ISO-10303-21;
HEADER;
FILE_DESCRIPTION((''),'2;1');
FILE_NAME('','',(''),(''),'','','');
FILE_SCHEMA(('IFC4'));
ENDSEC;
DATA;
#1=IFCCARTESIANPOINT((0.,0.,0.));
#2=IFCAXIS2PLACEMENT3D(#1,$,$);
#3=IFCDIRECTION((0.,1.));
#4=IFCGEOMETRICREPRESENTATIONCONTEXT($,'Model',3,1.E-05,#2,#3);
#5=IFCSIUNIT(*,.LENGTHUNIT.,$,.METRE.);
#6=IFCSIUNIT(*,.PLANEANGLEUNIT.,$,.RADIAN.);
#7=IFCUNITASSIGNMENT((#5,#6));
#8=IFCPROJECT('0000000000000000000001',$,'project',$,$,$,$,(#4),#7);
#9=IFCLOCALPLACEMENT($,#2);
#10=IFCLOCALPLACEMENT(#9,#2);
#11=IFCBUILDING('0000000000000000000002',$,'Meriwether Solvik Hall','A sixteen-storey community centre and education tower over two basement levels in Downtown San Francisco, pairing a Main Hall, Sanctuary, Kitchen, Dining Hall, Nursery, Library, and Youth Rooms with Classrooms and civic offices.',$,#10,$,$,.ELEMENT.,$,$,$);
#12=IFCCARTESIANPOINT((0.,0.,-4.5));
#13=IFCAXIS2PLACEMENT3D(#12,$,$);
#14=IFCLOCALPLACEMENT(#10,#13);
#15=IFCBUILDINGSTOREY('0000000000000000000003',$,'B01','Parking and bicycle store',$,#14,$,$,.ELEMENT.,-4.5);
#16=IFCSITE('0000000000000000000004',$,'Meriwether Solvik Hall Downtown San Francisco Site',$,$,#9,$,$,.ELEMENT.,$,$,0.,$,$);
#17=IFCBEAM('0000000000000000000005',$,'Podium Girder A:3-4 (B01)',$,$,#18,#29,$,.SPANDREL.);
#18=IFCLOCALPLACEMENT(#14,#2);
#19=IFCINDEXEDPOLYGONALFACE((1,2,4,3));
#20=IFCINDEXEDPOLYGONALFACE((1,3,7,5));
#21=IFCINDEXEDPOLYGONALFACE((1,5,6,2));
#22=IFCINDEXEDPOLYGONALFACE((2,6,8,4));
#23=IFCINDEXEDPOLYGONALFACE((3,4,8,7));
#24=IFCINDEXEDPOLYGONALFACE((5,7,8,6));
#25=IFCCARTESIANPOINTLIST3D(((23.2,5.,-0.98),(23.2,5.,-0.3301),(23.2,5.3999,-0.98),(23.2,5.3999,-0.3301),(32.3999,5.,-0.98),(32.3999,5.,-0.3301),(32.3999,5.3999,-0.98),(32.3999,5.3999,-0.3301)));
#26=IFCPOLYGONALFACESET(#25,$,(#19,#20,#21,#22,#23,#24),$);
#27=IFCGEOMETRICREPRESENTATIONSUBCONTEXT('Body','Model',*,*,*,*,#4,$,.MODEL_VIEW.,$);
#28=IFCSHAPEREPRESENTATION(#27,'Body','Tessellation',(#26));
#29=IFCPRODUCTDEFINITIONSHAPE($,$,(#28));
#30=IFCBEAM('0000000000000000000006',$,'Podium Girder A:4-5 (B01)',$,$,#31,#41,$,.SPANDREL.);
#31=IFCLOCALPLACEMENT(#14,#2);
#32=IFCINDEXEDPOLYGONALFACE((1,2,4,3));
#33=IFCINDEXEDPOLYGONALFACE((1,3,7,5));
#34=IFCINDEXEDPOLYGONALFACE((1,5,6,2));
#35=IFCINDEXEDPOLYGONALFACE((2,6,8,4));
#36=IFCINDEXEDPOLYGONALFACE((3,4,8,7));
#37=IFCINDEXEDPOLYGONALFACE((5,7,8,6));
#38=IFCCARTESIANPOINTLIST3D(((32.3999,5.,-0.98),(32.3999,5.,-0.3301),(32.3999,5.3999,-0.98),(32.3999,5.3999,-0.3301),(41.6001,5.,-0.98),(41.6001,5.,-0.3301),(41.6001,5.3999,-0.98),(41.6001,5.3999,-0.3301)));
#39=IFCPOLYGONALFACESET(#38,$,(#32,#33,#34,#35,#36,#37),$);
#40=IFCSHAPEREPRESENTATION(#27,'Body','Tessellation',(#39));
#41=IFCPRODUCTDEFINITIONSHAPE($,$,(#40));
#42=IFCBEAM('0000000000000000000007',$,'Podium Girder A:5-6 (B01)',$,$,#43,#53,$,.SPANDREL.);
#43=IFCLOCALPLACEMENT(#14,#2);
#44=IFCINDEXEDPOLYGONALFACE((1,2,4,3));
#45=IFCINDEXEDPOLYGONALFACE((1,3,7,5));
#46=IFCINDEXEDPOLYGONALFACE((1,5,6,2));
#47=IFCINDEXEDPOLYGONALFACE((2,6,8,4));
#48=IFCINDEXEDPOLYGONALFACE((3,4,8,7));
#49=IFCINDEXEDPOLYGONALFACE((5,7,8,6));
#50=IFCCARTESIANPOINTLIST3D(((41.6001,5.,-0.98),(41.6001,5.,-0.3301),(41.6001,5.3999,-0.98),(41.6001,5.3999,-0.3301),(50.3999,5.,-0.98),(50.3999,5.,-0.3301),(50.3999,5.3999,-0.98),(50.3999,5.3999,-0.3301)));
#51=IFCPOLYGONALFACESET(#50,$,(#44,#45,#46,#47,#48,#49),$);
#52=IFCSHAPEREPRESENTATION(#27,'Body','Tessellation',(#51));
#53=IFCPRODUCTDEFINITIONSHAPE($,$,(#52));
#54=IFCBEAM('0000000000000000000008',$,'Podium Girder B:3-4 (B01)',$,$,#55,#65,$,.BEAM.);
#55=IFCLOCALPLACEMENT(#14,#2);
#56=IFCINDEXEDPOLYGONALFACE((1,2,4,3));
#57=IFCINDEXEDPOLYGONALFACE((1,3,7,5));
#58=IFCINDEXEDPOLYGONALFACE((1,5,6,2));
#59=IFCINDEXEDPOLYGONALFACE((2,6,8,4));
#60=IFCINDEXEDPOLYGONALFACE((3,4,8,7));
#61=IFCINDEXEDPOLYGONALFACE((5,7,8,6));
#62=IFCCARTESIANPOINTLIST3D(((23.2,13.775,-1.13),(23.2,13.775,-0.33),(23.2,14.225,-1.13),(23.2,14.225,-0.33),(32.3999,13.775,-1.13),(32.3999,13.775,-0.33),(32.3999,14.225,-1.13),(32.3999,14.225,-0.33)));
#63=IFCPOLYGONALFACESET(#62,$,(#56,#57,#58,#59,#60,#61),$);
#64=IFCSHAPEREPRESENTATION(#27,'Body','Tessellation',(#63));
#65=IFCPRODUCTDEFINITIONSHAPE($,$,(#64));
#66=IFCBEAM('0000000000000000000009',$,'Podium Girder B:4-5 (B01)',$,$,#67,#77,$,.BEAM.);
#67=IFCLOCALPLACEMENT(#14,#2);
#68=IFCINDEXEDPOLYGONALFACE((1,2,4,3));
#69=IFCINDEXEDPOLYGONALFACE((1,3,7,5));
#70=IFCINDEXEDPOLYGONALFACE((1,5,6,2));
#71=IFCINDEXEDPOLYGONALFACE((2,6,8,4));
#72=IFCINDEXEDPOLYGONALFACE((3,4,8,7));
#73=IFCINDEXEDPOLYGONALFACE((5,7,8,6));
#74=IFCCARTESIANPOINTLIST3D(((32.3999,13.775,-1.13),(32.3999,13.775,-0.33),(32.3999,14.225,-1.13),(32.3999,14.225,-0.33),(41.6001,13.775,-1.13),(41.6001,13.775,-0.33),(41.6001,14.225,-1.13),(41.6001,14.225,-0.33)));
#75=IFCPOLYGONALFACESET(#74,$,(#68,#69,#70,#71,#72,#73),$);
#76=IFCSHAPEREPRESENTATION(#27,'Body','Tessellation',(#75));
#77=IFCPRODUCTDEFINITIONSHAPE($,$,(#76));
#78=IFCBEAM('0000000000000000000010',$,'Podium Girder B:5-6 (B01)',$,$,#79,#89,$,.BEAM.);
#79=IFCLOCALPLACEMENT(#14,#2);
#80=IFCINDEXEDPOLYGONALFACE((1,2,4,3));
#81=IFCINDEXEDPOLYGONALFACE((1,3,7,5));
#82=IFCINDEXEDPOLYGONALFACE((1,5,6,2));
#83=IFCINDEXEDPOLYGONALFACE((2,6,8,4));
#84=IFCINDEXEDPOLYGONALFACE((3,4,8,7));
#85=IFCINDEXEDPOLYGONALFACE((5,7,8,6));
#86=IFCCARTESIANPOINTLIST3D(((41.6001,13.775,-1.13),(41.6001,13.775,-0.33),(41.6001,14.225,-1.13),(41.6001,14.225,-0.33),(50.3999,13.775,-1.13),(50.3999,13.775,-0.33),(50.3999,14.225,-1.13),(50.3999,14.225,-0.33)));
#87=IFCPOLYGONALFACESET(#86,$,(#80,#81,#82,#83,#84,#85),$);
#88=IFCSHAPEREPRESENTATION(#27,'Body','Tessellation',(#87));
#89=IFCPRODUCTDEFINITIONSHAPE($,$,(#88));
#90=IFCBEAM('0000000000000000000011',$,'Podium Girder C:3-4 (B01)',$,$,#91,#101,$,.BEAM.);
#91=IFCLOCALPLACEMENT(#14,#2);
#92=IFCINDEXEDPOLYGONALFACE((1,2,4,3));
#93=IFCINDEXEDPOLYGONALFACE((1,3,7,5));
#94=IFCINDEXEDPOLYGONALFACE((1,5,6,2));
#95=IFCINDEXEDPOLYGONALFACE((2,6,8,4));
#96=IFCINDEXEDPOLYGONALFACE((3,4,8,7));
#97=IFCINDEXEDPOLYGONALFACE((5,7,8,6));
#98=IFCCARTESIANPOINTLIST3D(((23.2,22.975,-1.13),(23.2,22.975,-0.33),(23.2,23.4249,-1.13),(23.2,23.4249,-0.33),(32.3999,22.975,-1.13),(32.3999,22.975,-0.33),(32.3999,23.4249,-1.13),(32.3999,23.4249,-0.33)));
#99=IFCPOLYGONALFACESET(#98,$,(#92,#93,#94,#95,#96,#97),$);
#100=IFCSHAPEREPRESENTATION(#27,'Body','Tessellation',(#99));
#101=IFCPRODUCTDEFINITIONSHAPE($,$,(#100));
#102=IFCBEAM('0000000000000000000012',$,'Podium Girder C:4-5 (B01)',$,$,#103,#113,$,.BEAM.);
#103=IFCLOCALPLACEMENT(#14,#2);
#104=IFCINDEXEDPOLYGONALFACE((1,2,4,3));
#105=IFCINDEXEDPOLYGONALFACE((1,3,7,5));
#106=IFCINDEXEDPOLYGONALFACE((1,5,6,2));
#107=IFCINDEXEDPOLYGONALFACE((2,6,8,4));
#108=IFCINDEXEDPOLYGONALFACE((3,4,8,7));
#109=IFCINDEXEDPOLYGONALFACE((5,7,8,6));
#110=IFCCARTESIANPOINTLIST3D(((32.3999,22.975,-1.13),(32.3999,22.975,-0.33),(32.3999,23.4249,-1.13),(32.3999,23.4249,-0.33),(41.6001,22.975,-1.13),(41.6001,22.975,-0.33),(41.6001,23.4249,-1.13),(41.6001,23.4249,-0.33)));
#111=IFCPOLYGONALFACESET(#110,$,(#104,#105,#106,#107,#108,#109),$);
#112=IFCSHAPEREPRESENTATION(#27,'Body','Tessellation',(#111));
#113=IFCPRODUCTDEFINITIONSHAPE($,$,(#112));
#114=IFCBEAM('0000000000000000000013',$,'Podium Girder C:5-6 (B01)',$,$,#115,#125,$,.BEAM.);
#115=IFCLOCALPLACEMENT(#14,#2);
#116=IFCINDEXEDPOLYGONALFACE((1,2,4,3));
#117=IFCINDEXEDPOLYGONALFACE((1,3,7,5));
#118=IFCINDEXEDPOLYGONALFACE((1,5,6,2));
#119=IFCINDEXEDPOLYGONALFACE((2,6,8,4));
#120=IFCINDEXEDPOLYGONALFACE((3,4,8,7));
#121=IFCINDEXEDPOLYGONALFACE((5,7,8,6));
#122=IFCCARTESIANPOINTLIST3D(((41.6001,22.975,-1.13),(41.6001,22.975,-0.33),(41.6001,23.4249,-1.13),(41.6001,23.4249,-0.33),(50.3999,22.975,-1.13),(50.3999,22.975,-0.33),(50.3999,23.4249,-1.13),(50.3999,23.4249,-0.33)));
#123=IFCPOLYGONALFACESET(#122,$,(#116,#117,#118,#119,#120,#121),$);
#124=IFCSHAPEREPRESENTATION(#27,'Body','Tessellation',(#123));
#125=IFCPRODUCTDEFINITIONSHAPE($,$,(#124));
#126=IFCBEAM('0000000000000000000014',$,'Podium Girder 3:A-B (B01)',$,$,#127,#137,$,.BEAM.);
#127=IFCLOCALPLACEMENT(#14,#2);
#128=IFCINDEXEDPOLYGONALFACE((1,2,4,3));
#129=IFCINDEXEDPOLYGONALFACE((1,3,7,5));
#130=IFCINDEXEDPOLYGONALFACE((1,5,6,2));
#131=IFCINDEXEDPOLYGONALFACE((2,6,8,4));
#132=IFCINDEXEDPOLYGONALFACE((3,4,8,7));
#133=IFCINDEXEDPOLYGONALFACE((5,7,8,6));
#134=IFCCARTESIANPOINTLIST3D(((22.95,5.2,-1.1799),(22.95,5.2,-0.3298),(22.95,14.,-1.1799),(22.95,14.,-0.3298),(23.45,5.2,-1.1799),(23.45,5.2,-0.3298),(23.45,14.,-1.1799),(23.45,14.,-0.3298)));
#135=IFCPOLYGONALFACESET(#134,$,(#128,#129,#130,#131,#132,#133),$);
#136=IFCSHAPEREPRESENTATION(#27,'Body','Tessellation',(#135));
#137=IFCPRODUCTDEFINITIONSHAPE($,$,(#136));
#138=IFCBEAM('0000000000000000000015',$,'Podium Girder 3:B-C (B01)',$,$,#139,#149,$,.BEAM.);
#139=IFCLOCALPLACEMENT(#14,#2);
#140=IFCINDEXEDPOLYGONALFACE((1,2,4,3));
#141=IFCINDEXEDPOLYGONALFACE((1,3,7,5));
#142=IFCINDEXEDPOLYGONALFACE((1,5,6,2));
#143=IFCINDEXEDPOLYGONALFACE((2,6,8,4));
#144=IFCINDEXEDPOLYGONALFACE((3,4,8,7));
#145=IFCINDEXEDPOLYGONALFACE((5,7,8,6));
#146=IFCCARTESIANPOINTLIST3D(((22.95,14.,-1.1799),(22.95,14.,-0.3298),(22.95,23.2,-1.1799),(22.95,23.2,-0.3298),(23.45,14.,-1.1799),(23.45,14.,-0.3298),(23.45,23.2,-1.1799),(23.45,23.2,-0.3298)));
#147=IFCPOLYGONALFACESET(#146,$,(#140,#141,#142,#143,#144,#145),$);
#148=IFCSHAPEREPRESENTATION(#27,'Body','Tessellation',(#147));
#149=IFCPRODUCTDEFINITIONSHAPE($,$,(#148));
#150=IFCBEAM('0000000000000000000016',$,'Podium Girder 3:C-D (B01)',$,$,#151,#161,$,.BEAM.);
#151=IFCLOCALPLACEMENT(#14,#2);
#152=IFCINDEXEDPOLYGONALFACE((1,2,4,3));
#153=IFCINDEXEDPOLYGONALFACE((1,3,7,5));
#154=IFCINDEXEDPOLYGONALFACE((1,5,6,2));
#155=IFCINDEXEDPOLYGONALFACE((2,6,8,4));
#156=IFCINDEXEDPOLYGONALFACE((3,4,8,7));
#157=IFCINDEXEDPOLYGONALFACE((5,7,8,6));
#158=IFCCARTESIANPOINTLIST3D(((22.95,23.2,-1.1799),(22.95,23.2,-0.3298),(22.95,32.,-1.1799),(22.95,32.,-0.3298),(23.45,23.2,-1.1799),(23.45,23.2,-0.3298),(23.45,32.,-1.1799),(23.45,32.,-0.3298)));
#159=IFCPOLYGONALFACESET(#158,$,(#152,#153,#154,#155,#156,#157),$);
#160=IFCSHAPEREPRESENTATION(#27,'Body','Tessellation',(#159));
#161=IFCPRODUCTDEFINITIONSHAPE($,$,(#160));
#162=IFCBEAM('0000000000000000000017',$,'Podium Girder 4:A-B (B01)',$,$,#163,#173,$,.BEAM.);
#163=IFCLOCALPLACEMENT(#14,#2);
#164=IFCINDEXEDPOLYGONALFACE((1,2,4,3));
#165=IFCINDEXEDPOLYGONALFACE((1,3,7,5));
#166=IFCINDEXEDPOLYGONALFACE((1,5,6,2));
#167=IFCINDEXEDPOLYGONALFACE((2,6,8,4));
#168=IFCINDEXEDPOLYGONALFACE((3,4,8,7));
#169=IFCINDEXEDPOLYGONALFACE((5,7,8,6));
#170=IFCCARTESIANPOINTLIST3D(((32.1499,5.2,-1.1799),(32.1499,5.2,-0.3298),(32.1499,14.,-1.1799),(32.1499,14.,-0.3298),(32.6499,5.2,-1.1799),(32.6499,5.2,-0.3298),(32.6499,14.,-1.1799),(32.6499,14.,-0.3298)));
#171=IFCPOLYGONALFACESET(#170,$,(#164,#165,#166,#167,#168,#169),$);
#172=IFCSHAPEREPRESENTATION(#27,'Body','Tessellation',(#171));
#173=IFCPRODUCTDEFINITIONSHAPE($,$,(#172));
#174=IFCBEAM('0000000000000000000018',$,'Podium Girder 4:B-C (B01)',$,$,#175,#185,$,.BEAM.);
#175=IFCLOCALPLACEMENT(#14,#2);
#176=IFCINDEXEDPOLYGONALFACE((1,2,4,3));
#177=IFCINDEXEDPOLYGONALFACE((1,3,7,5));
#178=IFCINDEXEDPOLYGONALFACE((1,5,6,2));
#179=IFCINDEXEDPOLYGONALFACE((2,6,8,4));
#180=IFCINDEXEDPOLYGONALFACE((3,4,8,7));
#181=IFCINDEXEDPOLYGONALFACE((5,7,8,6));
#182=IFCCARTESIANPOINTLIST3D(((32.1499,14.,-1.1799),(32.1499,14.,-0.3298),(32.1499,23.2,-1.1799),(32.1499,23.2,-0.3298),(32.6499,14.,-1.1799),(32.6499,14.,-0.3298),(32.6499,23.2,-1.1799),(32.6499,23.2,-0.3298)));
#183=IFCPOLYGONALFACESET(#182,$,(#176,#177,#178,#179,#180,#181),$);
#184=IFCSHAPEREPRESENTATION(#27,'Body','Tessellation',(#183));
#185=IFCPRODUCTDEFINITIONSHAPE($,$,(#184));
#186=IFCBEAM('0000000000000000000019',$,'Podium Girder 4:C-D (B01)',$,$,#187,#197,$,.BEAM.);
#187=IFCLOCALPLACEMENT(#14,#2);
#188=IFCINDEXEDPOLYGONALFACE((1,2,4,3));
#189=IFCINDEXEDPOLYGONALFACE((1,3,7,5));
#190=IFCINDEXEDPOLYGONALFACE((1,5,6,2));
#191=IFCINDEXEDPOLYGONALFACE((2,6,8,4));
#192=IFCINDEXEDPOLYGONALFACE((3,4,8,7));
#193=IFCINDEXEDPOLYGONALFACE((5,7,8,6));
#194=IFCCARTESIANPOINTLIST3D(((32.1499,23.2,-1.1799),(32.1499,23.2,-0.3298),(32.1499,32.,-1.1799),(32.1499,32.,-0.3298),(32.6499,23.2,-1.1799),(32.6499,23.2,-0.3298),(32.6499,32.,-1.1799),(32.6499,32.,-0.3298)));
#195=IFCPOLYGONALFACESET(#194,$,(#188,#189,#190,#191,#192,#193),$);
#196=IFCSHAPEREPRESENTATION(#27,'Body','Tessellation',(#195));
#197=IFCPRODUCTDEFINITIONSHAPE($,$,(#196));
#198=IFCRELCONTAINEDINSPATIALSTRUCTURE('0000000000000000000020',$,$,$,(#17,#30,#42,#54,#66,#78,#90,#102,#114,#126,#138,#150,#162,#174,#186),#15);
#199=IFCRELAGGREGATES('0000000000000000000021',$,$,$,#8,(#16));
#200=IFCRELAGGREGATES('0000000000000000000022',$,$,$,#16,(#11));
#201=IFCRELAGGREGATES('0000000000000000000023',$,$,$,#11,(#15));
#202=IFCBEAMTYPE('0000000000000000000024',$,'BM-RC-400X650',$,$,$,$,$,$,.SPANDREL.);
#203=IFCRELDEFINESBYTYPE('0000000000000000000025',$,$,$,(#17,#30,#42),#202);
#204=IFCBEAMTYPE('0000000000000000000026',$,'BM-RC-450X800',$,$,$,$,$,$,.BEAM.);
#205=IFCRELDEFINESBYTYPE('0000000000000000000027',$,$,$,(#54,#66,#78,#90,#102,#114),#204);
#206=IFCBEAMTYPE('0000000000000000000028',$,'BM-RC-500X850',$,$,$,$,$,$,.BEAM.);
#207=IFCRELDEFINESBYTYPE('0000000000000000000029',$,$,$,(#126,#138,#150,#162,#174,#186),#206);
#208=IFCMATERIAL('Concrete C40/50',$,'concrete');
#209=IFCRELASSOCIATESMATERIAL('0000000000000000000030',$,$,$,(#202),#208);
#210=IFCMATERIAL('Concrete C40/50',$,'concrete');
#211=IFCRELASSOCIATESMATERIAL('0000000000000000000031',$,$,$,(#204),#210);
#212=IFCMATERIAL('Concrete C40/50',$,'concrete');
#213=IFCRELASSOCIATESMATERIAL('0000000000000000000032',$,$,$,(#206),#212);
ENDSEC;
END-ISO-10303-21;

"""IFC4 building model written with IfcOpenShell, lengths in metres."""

from ifc_helpers import new_model, si_unit, direction, frame, origin, origin_2d, place, context, subcontext, project, spatial, rectangle, extrude, material, material_profile, profile_set, type_object, element, save


model = new_model("IFC4")

# Units and contexts
model_context = context("Model", 3, precision=1e-05, world=origin(), true_north=direction((0.0, 1.0)))
body_context = subcontext(model_context, "Body", "Model", "MODEL_VIEW")
ifc_project = project(units=[si_unit("LENGTHUNIT", "METRE"), si_unit("PLANEANGLEUNIT", "RADIAN")], contexts=[model_context])

# Site, building, storey
site_placement = place(None, origin())
site = spatial("IfcSite", under=ifc_project, at=site_placement, Name="Meriwether Solvik Hall Downtown San Francisco Site", CompositionType="ELEMENT", RefElevation=0.0)
building_placement = place(site_placement, origin())
building = spatial("IfcBuilding", under=site, at=building_placement, Name="Meriwether Solvik Hall", Description="A sixteen-storey community centre and education tower over two basement levels in Downtown San Francisco, pairing a Main Hall, Sanctuary, Kitchen, Dining Hall, Nursery, Library, and Youth Rooms with Classrooms and civic offices.", CompositionType="ELEMENT")
storey_placement = place(building_placement, frame((0.0, 0.0, -4.5)))
storey = spatial("IfcBuildingStorey", under=building, at=storey_placement, Name="B01", Description="Parking and bicycle store", CompositionType="ELEMENT", Elevation=-4.5)

# Beams
ifc_material_1 = material(Name="Concrete C40/50", Category="concrete")
ifc_material_profile_1 = material_profile(ifc_material_1, rectangle(XDim=0.3999, YDim=0.6499, at=origin_2d()), Name="RCB-400X650")
ifc_profile_set_1 = profile_set([ifc_material_profile_1], Name="Concrete C40/50")
beam_type_1 = type_object("IfcBeamType", Name="BM-RC-400X650", PredefinedType="SPANDREL", material=ifc_profile_set_1)
beam_1_placement = place(storey_placement, frame((23.2, 5.2, -0.655), z_axis=(1.0, 0.0, 0.0), x_axis=(0.0, 1.0, 0.0)))
element("IfcBeam", 1, at=beam_1_placement, inside=storey, type_object=beam_type_1, Name="Podium Girder A:3-4 (B01)", PredefinedType="SPANDREL", context=body_context, shape_type="SweptSolid", body=[
    extrude(rectangle(XDim=0.3999, YDim=0.6499, at=origin_2d()), origin(), (0.0, 0.0, 1.0), 9.2),
])
beam_2_placement = place(storey_placement, frame((32.3999, 5.2, -0.655), z_axis=(1.0, 0.0, 0.0), x_axis=(0.0, 1.0, 0.0)))
element("IfcBeam", 2, at=beam_2_placement, inside=storey, type_object=beam_type_1, Name="Podium Girder A:4-5 (B01)", PredefinedType="SPANDREL", context=body_context, shape_type="SweptSolid", body=[
    extrude(rectangle(XDim=0.3999, YDim=0.6499, at=origin_2d()), origin(), (0.0, 0.0, 1.0), 9.2002),
])
beam_3_placement = place(storey_placement, frame((41.6001, 5.2, -0.655), z_axis=(1.0, 0.0, 0.0), x_axis=(0.0, 1.0, 0.0)))
element("IfcBeam", 3, at=beam_3_placement, inside=storey, type_object=beam_type_1, Name="Podium Girder A:5-6 (B01)", PredefinedType="SPANDREL", context=body_context, shape_type="SweptSolid", body=[
    extrude(rectangle(XDim=0.3999, YDim=0.6499, at=origin_2d()), origin(), (0.0, 0.0, 1.0), 8.7998),
])
ifc_material_2 = material(Name="Concrete C40/50", Category="concrete")
ifc_material_profile_2 = material_profile(ifc_material_2, rectangle(XDim=0.45, YDim=0.8, at=origin_2d()), Name="RCB-450X800")
ifc_profile_set_2 = profile_set([ifc_material_profile_2], Name="Concrete C40/50")
beam_type_2 = type_object("IfcBeamType", Name="BM-RC-450X800", PredefinedType="BEAM", material=ifc_profile_set_2)
beam_4_placement = place(storey_placement, frame((23.2, 14.0, -0.73), z_axis=(1.0, 0.0, 0.0), x_axis=(0.0, 1.0, 0.0)))
element("IfcBeam", 4, at=beam_4_placement, inside=storey, type_object=beam_type_2, Name="Podium Girder B:3-4 (B01)", PredefinedType="BEAM", context=body_context, shape_type="SweptSolid", body=[
    extrude(rectangle(XDim=0.45, YDim=0.8, at=origin_2d()), origin(), (0.0, 0.0, 1.0), 9.2),
])
beam_5_placement = place(storey_placement, frame((32.3999, 14.0, -0.73), z_axis=(1.0, 0.0, 0.0), x_axis=(0.0, 1.0, 0.0)))
element("IfcBeam", 5, at=beam_5_placement, inside=storey, type_object=beam_type_2, Name="Podium Girder B:4-5 (B01)", PredefinedType="BEAM", context=body_context, shape_type="SweptSolid", body=[
    extrude(rectangle(XDim=0.45, YDim=0.8, at=origin_2d()), origin(), (0.0, 0.0, 1.0), 9.2002),
])
beam_6_placement = place(storey_placement, frame((41.6001, 14.0, -0.73), z_axis=(1.0, 0.0, 0.0), x_axis=(0.0, 1.0, 0.0)))
element("IfcBeam", 6, at=beam_6_placement, inside=storey, type_object=beam_type_2, Name="Podium Girder B:5-6 (B01)", PredefinedType="BEAM", context=body_context, shape_type="SweptSolid", body=[
    extrude(rectangle(XDim=0.45, YDim=0.8, at=origin_2d()), origin(), (0.0, 0.0, 1.0), 8.7998),
])
beam_7_placement = place(storey_placement, frame((23.2, 23.2, -0.73), z_axis=(1.0, 0.0, 0.0), x_axis=(0.0, 1.0, 0.0)))
element("IfcBeam", 7, at=beam_7_placement, inside=storey, type_object=beam_type_2, Name="Podium Girder C:3-4 (B01)", PredefinedType="BEAM", context=body_context, shape_type="SweptSolid", body=[
    extrude(rectangle(XDim=0.45, YDim=0.8, at=origin_2d()), origin(), (0.0, 0.0, 1.0), 9.2),
])
beam_8_placement = place(storey_placement, frame((32.3999, 23.2, -0.73), z_axis=(1.0, 0.0, 0.0), x_axis=(0.0, 1.0, 0.0)))
element("IfcBeam", 8, at=beam_8_placement, inside=storey, type_object=beam_type_2, Name="Podium Girder C:4-5 (B01)", PredefinedType="BEAM", context=body_context, shape_type="SweptSolid", body=[
    extrude(rectangle(XDim=0.45, YDim=0.8, at=origin_2d()), origin(), (0.0, 0.0, 1.0), 9.2002),
])
beam_9_placement = place(storey_placement, frame((41.6001, 23.2, -0.73), z_axis=(1.0, 0.0, 0.0), x_axis=(0.0, 1.0, 0.0)))
element("IfcBeam", 9, at=beam_9_placement, inside=storey, type_object=beam_type_2, Name="Podium Girder C:5-6 (B01)", PredefinedType="BEAM", context=body_context, shape_type="SweptSolid", body=[
    extrude(rectangle(XDim=0.45, YDim=0.8, at=origin_2d()), origin(), (0.0, 0.0, 1.0), 8.7998),
])
ifc_material_3 = material(Name="Concrete C40/50", Category="concrete")
ifc_material_profile_3 = material_profile(ifc_material_3, rectangle(XDim=0.5, YDim=0.8501, at=origin_2d()), Name="RCB-500X850")
ifc_profile_set_3 = profile_set([ifc_material_profile_3], Name="Concrete C40/50")
beam_type_3 = type_object("IfcBeamType", Name="BM-RC-500X850", PredefinedType="BEAM", material=ifc_profile_set_3)
beam_10_placement = place(storey_placement, frame((23.2, 5.2, -0.7549), z_axis=(0.0, 1.0, 0.0), x_axis=(-1.0, 0.0, 0.0)))
element("IfcBeam", 10, at=beam_10_placement, inside=storey, type_object=beam_type_3, Name="Podium Girder 3:A-B (B01)", PredefinedType="BEAM", context=body_context, shape_type="SweptSolid", body=[
    extrude(rectangle(XDim=0.5, YDim=0.8501, at=origin_2d()), origin(), (0.0, 0.0, 1.0), 8.8),
])
beam_11_placement = place(storey_placement, frame((23.2, 14.0, -0.7549), z_axis=(0.0, 1.0, 0.0), x_axis=(-1.0, 0.0, 0.0)))
element("IfcBeam", 11, at=beam_11_placement, inside=storey, type_object=beam_type_3, Name="Podium Girder 3:B-C (B01)", PredefinedType="BEAM", context=body_context, shape_type="SweptSolid", body=[
    extrude(rectangle(XDim=0.5, YDim=0.8501, at=origin_2d()), origin(), (0.0, 0.0, 1.0), 9.2),
])
for number, where, z_axis, x_axis, name in (
    (12, (23.2, 23.2, -0.7549), (0.0, 1.0, 0.0), (-1.0, 0.0, 0.0), "Podium Girder 3:C-D (B01)"),
    (13, (32.3999, 5.2, -0.7549), (0.0, 1.0, 0.0), (-1.0, 0.0, 0.0), "Podium Girder 4:A-B (B01)"),
):
    element("IfcBeam", number, at=place(storey_placement, frame(where, z_axis=z_axis, x_axis=x_axis)), inside=storey, type_object=beam_type_3, Name=name, PredefinedType="BEAM", context=body_context, shape_type="SweptSolid", body=[
        extrude(rectangle(XDim=0.5, YDim=0.8501, at=origin_2d()), origin(), (0.0, 0.0, 1.0), 8.8),
    ])
beam_12_placement = place(storey_placement, frame((32.3999, 14.0, -0.7549), z_axis=(0.0, 1.0, 0.0), x_axis=(-1.0, 0.0, 0.0)))
element("IfcBeam", 14, at=beam_12_placement, inside=storey, type_object=beam_type_3, Name="Podium Girder 4:B-C (B01)", PredefinedType="BEAM", context=body_context, shape_type="SweptSolid", body=[
    extrude(rectangle(XDim=0.5, YDim=0.8501, at=origin_2d()), origin(), (0.0, 0.0, 1.0), 9.2),
])
for number, where, z_axis, x_axis, name in (
    (15, (32.3999, 23.2, -0.7549), (0.0, 1.0, 0.0), (-1.0, 0.0, 0.0), "Podium Girder 4:C-D (B01)"),
):
    element("IfcBeam", number, at=place(storey_placement, frame(where, z_axis=z_axis, x_axis=x_axis)), inside=storey, type_object=beam_type_3, Name=name, PredefinedType="BEAM", context=body_context, shape_type="SweptSolid", body=[
        extrude(rectangle(XDim=0.5, YDim=0.8501, at=origin_2d()), origin(), (0.0, 0.0, 1.0), 8.8),
    ])

save(model, "model.ifc")
